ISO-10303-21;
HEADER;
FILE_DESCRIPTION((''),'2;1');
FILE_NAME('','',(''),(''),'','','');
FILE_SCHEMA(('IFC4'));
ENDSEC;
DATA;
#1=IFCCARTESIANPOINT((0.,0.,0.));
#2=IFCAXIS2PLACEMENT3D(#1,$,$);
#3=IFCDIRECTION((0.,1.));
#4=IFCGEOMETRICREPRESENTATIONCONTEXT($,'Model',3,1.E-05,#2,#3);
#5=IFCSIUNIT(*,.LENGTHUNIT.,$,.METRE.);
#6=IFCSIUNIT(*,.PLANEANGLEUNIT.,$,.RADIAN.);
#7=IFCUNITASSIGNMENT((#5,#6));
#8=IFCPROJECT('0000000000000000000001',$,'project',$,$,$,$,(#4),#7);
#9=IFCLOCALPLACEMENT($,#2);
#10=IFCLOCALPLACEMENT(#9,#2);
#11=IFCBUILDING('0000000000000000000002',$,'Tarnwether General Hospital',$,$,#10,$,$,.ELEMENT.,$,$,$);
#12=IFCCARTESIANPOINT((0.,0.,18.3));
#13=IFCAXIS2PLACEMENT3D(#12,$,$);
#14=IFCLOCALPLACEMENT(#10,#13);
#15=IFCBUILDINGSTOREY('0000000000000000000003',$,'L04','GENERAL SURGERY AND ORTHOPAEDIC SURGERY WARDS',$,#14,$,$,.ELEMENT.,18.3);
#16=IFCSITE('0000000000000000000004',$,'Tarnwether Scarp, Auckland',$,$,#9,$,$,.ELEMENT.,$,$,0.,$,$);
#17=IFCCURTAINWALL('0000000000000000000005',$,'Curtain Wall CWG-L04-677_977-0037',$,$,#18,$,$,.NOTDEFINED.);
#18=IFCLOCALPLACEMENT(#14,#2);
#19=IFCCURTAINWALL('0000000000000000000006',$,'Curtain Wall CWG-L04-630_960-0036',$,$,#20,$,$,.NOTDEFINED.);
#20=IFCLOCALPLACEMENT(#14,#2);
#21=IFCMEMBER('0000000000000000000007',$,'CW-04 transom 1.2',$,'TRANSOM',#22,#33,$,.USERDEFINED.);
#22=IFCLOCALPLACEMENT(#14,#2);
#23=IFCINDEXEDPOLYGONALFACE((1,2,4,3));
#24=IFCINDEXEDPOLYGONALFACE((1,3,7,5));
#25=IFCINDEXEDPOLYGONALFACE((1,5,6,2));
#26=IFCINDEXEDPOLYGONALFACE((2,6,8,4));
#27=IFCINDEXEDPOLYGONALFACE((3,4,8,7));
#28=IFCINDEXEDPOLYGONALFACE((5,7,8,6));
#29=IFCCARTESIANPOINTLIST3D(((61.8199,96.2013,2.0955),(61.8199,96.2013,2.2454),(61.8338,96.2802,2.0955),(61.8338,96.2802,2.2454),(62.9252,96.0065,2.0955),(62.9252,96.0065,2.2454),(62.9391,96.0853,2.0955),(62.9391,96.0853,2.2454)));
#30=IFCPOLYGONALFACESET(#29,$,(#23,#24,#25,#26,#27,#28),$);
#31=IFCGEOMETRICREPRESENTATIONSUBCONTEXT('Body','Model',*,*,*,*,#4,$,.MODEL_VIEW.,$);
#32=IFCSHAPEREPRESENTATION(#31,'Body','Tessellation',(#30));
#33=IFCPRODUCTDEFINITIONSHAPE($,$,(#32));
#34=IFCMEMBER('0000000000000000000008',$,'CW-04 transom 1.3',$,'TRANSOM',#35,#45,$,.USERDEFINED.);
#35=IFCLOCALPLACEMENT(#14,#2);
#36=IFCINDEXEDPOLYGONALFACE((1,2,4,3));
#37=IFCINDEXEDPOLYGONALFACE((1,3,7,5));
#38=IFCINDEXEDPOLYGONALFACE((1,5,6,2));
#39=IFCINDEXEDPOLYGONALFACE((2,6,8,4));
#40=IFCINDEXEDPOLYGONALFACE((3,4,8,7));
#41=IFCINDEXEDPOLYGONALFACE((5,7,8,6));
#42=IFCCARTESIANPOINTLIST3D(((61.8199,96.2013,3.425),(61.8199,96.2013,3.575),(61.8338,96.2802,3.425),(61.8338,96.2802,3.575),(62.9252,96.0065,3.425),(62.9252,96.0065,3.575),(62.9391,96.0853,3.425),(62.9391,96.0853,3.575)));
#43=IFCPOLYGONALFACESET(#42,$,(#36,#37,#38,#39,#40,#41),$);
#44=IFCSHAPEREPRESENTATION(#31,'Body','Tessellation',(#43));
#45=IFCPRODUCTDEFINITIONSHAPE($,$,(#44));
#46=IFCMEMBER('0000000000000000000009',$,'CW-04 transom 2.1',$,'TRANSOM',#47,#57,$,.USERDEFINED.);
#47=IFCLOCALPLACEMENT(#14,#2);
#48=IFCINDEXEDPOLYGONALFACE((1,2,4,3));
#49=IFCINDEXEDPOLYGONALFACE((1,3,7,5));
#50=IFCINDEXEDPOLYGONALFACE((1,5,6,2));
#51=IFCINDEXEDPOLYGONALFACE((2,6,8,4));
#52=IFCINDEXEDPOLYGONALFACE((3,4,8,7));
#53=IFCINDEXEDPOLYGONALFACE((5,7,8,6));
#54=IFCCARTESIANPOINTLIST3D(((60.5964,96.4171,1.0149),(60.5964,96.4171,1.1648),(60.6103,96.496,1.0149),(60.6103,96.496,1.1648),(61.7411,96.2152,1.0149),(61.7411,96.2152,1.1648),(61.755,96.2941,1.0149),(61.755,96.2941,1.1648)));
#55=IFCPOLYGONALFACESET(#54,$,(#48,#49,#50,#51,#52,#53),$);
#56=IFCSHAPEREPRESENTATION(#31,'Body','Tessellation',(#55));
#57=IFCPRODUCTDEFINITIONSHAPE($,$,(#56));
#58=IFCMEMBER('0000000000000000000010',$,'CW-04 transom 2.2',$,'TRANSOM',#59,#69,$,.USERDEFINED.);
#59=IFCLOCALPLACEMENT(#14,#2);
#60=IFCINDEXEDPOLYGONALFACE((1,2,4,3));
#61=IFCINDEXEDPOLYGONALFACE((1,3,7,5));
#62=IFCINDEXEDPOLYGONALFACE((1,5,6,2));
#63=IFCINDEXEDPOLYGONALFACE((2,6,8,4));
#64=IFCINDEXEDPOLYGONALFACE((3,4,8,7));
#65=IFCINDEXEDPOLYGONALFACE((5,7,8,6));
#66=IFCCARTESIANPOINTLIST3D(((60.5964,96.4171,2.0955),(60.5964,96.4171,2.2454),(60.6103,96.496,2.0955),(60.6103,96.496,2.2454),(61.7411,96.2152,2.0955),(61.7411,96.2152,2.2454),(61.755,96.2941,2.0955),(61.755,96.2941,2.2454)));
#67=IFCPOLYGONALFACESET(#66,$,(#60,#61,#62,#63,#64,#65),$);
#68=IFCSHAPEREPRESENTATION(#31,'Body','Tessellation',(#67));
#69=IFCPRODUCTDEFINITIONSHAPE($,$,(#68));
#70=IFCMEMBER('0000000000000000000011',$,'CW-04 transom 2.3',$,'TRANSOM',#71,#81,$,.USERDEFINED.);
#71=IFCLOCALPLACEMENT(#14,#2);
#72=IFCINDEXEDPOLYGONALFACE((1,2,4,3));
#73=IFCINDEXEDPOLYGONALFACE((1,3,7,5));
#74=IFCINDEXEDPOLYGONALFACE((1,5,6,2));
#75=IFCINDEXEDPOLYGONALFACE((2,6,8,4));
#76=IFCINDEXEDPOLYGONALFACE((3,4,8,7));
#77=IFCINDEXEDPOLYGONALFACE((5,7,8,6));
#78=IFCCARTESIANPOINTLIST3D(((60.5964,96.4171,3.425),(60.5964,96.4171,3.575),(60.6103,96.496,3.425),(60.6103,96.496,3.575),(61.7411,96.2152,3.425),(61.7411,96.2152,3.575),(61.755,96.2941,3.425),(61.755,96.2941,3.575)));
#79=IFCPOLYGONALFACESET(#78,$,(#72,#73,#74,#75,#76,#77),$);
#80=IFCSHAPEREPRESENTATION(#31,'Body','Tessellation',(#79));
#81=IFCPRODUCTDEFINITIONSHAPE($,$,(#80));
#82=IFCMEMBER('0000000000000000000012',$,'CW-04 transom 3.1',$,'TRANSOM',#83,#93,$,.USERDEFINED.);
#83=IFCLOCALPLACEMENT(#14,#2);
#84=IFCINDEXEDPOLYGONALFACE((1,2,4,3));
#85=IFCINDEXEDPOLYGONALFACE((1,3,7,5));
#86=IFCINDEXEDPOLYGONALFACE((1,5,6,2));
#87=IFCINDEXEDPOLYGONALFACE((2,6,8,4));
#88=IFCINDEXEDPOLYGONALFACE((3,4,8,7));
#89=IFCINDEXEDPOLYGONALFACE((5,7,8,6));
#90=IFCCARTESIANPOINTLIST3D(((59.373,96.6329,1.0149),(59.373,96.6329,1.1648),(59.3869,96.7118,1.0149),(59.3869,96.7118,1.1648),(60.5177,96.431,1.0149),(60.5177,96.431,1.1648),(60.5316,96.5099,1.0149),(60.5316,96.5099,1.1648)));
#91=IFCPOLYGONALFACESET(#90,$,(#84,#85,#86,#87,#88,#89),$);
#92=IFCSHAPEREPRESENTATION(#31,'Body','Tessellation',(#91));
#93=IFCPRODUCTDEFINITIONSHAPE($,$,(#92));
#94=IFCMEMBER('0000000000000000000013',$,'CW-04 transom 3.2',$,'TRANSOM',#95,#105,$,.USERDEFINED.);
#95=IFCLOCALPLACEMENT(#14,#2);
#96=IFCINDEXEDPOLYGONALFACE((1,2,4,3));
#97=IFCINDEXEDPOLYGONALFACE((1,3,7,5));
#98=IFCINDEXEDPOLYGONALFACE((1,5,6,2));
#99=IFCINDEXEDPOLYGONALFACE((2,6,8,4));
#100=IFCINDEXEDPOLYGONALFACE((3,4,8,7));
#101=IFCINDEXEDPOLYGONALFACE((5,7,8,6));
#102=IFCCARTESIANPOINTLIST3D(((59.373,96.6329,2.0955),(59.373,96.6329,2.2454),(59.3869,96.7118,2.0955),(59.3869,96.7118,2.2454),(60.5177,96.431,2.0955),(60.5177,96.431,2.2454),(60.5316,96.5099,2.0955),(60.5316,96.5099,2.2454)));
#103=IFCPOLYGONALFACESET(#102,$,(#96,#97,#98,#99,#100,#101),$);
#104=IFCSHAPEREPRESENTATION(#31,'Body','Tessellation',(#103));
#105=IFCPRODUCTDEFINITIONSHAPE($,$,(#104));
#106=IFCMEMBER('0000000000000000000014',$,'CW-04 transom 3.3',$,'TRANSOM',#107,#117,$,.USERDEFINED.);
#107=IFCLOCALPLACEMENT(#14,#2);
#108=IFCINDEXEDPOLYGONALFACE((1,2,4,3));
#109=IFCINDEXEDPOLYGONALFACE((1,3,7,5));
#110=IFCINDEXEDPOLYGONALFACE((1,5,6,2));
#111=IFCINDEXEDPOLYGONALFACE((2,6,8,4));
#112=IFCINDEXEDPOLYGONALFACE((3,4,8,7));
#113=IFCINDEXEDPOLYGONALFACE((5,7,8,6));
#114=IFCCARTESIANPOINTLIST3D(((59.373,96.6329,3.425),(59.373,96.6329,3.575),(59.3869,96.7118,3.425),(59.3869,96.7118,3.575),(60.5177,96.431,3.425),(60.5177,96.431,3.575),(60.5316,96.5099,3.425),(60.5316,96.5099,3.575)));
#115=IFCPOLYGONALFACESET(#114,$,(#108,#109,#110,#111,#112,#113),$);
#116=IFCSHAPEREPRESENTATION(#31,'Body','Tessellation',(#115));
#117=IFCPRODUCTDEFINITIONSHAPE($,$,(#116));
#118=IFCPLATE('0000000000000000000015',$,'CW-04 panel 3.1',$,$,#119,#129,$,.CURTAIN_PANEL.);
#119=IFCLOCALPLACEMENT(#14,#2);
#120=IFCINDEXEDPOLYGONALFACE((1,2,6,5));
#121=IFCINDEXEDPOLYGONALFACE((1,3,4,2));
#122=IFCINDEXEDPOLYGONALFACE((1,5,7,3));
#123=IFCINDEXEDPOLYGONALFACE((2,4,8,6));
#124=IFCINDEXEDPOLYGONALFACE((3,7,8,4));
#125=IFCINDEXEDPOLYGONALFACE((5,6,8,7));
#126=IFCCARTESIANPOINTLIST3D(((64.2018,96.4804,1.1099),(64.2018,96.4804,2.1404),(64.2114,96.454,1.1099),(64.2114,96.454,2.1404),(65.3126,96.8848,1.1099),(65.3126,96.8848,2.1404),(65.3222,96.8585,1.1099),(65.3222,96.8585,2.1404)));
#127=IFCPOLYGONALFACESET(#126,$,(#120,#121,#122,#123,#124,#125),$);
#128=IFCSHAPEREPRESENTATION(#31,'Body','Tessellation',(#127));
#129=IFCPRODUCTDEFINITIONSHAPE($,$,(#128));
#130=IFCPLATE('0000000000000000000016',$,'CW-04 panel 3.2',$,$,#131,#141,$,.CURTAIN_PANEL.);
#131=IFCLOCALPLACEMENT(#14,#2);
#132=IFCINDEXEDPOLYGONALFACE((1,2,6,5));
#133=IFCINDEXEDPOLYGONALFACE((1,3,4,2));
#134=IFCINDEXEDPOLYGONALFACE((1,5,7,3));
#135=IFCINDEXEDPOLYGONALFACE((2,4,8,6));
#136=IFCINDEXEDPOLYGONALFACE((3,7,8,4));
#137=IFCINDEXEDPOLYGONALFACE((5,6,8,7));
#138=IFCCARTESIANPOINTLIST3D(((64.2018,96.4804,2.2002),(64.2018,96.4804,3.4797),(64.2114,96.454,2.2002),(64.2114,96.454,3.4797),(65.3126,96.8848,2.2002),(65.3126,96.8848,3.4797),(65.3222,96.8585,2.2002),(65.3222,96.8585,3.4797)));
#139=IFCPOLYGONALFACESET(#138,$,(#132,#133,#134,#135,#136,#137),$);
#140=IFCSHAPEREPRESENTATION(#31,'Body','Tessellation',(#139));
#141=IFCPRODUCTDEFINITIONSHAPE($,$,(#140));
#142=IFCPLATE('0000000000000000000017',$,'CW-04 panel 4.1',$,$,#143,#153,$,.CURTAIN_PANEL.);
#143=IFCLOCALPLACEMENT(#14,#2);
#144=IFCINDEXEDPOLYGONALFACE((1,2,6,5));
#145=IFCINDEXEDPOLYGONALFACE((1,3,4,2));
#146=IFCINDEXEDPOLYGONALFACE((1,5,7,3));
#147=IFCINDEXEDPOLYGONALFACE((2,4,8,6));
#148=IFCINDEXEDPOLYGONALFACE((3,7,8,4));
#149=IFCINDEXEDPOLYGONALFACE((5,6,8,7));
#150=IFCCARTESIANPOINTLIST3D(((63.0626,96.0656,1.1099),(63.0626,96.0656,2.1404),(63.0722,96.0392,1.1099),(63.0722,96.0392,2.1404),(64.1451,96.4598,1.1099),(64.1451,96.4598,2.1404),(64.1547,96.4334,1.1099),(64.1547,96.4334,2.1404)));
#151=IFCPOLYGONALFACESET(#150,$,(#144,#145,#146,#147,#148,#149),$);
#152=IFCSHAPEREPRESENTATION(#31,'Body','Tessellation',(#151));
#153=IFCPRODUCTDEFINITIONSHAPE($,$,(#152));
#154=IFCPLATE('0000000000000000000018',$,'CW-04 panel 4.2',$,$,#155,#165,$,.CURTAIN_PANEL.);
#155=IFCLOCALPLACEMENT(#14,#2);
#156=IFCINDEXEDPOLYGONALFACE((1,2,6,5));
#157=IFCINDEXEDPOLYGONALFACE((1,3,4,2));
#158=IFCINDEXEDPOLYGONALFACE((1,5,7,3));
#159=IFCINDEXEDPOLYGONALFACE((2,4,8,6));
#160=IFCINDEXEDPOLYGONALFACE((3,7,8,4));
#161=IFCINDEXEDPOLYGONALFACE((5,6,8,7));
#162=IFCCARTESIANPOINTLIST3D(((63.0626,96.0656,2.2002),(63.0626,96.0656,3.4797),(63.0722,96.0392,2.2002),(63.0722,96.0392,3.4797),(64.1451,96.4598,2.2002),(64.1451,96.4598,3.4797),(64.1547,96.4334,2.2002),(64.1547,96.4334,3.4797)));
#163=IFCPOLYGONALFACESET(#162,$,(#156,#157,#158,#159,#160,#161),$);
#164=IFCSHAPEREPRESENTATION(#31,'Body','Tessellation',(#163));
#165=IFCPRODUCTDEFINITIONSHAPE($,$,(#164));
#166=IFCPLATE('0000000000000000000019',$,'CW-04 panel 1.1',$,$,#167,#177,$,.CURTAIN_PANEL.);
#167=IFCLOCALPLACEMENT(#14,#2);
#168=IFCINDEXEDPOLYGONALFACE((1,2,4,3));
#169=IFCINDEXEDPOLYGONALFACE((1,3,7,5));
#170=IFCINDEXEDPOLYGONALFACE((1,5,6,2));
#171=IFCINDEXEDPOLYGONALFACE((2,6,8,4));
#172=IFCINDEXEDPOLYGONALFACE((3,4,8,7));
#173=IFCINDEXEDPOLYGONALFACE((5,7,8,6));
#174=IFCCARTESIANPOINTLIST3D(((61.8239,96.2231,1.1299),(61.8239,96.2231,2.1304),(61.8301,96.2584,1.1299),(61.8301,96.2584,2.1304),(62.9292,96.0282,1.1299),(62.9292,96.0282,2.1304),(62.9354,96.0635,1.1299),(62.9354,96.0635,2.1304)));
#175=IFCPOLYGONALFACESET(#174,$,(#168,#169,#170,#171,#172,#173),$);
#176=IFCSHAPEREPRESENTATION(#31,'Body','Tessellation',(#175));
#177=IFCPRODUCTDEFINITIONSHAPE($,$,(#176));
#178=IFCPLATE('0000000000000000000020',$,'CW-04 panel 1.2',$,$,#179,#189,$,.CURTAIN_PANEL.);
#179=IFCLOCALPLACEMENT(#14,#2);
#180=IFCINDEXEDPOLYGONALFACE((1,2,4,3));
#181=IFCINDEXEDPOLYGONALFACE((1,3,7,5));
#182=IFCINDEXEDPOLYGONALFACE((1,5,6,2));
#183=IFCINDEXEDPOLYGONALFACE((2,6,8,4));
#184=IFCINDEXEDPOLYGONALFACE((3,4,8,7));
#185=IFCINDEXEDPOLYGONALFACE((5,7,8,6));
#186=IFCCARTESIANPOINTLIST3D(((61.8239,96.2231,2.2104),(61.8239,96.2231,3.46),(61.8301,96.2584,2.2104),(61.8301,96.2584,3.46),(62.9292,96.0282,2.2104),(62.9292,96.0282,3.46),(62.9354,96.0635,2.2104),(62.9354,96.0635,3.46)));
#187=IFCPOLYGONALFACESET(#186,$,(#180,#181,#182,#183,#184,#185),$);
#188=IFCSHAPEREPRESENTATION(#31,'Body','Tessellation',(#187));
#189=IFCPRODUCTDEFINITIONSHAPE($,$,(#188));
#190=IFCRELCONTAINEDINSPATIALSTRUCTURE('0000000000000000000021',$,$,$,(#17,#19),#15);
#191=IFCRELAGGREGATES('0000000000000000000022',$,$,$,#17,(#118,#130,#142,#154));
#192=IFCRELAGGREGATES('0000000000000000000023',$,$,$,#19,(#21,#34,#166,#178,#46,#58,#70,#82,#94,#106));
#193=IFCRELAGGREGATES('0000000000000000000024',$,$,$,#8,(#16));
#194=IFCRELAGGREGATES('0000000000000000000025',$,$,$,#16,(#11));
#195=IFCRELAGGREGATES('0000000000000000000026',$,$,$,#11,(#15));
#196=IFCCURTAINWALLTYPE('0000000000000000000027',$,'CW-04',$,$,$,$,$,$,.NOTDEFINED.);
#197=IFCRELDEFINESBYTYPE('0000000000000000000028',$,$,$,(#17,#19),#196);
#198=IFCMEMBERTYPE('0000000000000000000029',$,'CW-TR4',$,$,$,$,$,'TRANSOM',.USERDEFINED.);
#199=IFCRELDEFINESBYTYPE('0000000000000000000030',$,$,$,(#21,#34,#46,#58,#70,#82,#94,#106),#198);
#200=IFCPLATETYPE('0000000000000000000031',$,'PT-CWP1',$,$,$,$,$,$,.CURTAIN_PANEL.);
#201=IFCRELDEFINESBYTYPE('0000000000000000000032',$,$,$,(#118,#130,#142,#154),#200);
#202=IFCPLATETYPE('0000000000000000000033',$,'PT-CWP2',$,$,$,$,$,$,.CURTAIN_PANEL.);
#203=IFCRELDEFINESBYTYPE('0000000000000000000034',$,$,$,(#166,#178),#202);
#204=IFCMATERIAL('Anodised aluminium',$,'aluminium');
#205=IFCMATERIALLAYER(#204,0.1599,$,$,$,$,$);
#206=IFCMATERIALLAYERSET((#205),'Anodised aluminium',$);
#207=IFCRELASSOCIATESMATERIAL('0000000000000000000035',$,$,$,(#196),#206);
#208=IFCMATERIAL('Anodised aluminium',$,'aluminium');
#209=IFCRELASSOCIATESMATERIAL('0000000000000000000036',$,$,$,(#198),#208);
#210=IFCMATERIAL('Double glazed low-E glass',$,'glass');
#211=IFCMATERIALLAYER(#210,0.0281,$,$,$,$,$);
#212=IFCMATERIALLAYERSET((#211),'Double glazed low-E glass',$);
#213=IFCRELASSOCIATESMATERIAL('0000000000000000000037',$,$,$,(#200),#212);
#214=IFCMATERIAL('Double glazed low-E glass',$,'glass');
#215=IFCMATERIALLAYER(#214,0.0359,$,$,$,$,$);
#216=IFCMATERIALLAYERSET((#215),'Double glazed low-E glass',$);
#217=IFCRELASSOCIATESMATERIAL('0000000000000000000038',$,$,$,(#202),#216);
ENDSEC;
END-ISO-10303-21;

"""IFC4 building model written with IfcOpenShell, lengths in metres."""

from ifc_helpers import new_model, si_unit, direction, frame, origin, origin_2d, place, context, subcontext, project, spatial, rectangle, extrude, material, layer, layer_set, material_profile, profile_set, type_object, element, aggregate, save


model = new_model("IFC4")

# Units and contexts
model_context = context("Model", 3, precision=1e-05, world=origin(), true_north=direction((0.0, 1.0)))
body_context = subcontext(model_context, "Body", "Model", "MODEL_VIEW")
ifc_project = project(units=[si_unit("LENGTHUNIT", "METRE"), si_unit("PLANEANGLEUNIT", "RADIAN")], contexts=[model_context])

# Site, building, storey
site_placement = place(None, origin())
site = spatial("IfcSite", under=ifc_project, at=site_placement, Name="Tarnwether Scarp, Auckland", CompositionType="ELEMENT", RefElevation=0.0)
building_placement = place(site_placement, origin())
building = spatial("IfcBuilding", under=site, at=building_placement, Name="Tarnwether General Hospital", CompositionType="ELEMENT")
storey_placement = place(building_placement, frame((0.0, 0.0, 18.3)))
storey = spatial("IfcBuildingStorey", under=building, at=storey_placement, Name="L04", Description="GENERAL SURGERY AND ORTHOPAEDIC SURGERY WARDS", CompositionType="ELEMENT", Elevation=18.3)

# Curtain wall
ifc_material_1 = material(Name="Anodised aluminium", Category="aluminium")
ifc_layer_1 = layer(ifc_material_1, 0.1599)
ifc_layer_set_1 = layer_set([ifc_layer_1], Name="Anodised aluminium")
curtain_wall_type_1 = type_object("IfcCurtainWallType", Name="CW-04", PredefinedType="NOTDEFINED", material=ifc_layer_set_1)
curtain_wall_1_placement = place(storey_placement, origin())
curtain_wall_1 = element("IfcCurtainWall", 1, at=curtain_wall_1_placement, inside=storey, type_object=curtain_wall_type_1, Name="Curtain Wall CWG-L04-677_977-0037", PredefinedType="NOTDEFINED")

# Curtain wall
curtain_wall_2_placement = place(storey_placement, origin())
curtain_wall_2 = element("IfcCurtainWall", 2, at=curtain_wall_2_placement, inside=storey, type_object=curtain_wall_type_1, Name="Curtain Wall CWG-L04-630_960-0036", PredefinedType="NOTDEFINED")

# Members
ifc_material_2 = material(Name="Anodised aluminium", Category="aluminium")
ifc_material_profile_1 = material_profile(ifc_material_2, rectangle(XDim=0.0801, YDim=0.1499, at=origin_2d()), Name="ALU-TRN-80x150")
ifc_profile_set_1 = profile_set([ifc_material_profile_1], Name="Anodised aluminium")
member_type_1 = type_object("IfcMemberType", Name="CW-TR4", ElementType="TRANSOM", PredefinedType="USERDEFINED", material=ifc_profile_set_1)
member_1_placement = place(storey_placement, frame((62.9321, 96.0459, 2.1704), z_axis=(-0.984816, 0.173599, 0.0), x_axis=(-0.173599, -0.984816, 0.0)))
member_1 = element("IfcMember", 3, at=member_1_placement, type_object=member_type_1, Name="CW-04 transom 1.2", ObjectType="TRANSOM", PredefinedType="USERDEFINED", context=body_context, shape_type="SweptSolid", body=[
    extrude(rectangle(XDim=0.0801, YDim=0.1499, at=origin_2d()), origin(), (0.0, 0.0, 1.0), 1.1223),
])
member_2_placement = place(storey_placement, frame((62.9321, 96.0459, 3.5), z_axis=(-0.984816, 0.173599, 0.0), x_axis=(-0.173599, -0.984816, 0.0)))
member_2 = element("IfcMember", 4, at=member_2_placement, type_object=member_type_1, Name="CW-04 transom 1.3", ObjectType="TRANSOM", PredefinedType="USERDEFINED", context=body_context, shape_type="SweptSolid", body=[
    extrude(rectangle(XDim=0.0801, YDim=0.1499, at=origin_2d()), origin(), (0.0, 0.0, 1.0), 1.1223),
])
member_3_placement = place(storey_placement, frame((61.748, 96.2546, 1.0898), z_axis=(-0.9848, 0.173689, 0.0), x_axis=(-0.173689, -0.9848, 0.0)))
member_3 = element("IfcMember", 5, at=member_3_placement, type_object=member_type_1, Name="CW-04 transom 2.1", ObjectType="TRANSOM", PredefinedType="USERDEFINED", context=body_context, shape_type="SweptSolid", body=[
    extrude(rectangle(XDim=0.0801, YDim=0.1499, at=origin_2d()), origin(), (0.0, 0.0, 1.0), 1.1624),
])
member_4_placement = place(storey_placement, frame((61.748, 96.2546, 2.1704), z_axis=(-0.9848, 0.173689, 0.0), x_axis=(-0.173689, -0.9848, 0.0)))
member_4 = element("IfcMember", 6, at=member_4_placement, type_object=member_type_1, Name="CW-04 transom 2.2", ObjectType="TRANSOM", PredefinedType="USERDEFINED", context=body_context, shape_type="SweptSolid", body=[
    extrude(rectangle(XDim=0.0801, YDim=0.1499, at=origin_2d()), origin(), (0.0, 0.0, 1.0), 1.1624),
])
member_5_placement = place(storey_placement, frame((61.748, 96.2546, 3.5), z_axis=(-0.9848, 0.173689, 0.0), x_axis=(-0.173689, -0.9848, 0.0)))
member_5 = element("IfcMember", 7, at=member_5_placement, type_object=member_type_1, Name="CW-04 transom 2.3", ObjectType="TRANSOM", PredefinedType="USERDEFINED", context=body_context, shape_type="SweptSolid", body=[
    extrude(rectangle(XDim=0.0801, YDim=0.1499, at=origin_2d()), origin(), (0.0, 0.0, 1.0), 1.1624),
])
member_6_placement = place(storey_placement, frame((60.5247, 96.4705, 1.0898), z_axis=(-0.9848, 0.173689, 0.0), x_axis=(-0.173689, -0.9848, 0.0)))
member_6 = element("IfcMember", 8, at=member_6_placement, type_object=member_type_1, Name="CW-04 transom 3.1", ObjectType="TRANSOM", PredefinedType="USERDEFINED", context=body_context, shape_type="SweptSolid", body=[
    extrude(rectangle(XDim=0.0801, YDim=0.1499, at=origin_2d()), origin(), (0.0, 0.0, 1.0), 1.1624),
])
member_7_placement = place(storey_placement, frame((60.5247, 96.4705, 2.1704), z_axis=(-0.9848, 0.173689, 0.0), x_axis=(-0.173689, -0.9848, 0.0)))
member_7 = element("IfcMember", 9, at=member_7_placement, type_object=member_type_1, Name="CW-04 transom 3.2", ObjectType="TRANSOM", PredefinedType="USERDEFINED", context=body_context, shape_type="SweptSolid", body=[
    extrude(rectangle(XDim=0.0801, YDim=0.1499, at=origin_2d()), origin(), (0.0, 0.0, 1.0), 1.1624),
])
member_8_placement = place(storey_placement, frame((60.5247, 96.4705, 3.5), z_axis=(-0.9848, 0.173689, 0.0), x_axis=(-0.173689, -0.9848, 0.0)))
member_8 = element("IfcMember", 10, at=member_8_placement, type_object=member_type_1, Name="CW-04 transom 3.3", ObjectType="TRANSOM", PredefinedType="USERDEFINED", context=body_context, shape_type="SweptSolid", body=[
    extrude(rectangle(XDim=0.0801, YDim=0.1499, at=origin_2d()), origin(), (0.0, 0.0, 1.0), 1.1624),
])

# Plates
ifc_material_3 = material(Name="Double glazed low-E glass", Category="glass")
ifc_layer_2 = layer(ifc_material_3, 0.0281)
ifc_layer_set_2 = layer_set([ifc_layer_2], Name="Double glazed low-E glass")
plate_type_1 = type_object("IfcPlateType", Name="PT-CWP1", PredefinedType="CURTAIN_PANEL", material=ifc_layer_set_2)
plate_1_placement = place(storey_placement, frame((64.762, 96.6694, 1.1099), z_axis=(0.0, 0.0, 1.0), x_axis=(-0.939652, -0.342131, 0.0)))
plate_1 = element("IfcPlate", 11, at=plate_1_placement, type_object=plate_type_1, Name="CW-04 panel 3.1", PredefinedType="CURTAIN_PANEL", context=body_context, shape_type="SweptSolid", body=[
    extrude(rectangle(XDim=1.1821, YDim=0.0281, at=origin_2d()), origin(), (0.0, 0.0, 1.0), 1.0305),
])
plate_2_placement = place(storey_placement, frame((64.762, 96.6694, 2.2002), z_axis=(0.0, 0.0, 1.0), x_axis=(-0.939652, -0.342131, 0.0)))
plate_2 = element("IfcPlate", 12, at=plate_2_placement, type_object=plate_type_1, Name="CW-04 panel 3.2", PredefinedType="CURTAIN_PANEL", context=body_context, shape_type="SweptSolid", body=[
    extrude(rectangle(XDim=1.1821, YDim=0.0281, at=origin_2d()), origin(), (0.0, 0.0, 1.0), 1.2795),
])
plate_3_placement = place(storey_placement, frame((63.6086, 96.2495, 1.1099), z_axis=(0.0, 0.0, 1.0), x_axis=(-0.939652, -0.342131, 0.0)))
plate_3 = element("IfcPlate", 13, at=plate_3_placement, type_object=plate_type_1, Name="CW-04 panel 4.1", PredefinedType="CURTAIN_PANEL", context=body_context, shape_type="SweptSolid", body=[
    extrude(rectangle(XDim=1.1521, YDim=0.0281, at=origin_2d()), origin(), (0.0, 0.0, 1.0), 1.0305),
])
plate_4_placement = place(storey_placement, frame((63.6086, 96.2495, 2.2002), z_axis=(0.0, 0.0, 1.0), x_axis=(-0.939652, -0.342131, 0.0)))
plate_4 = element("IfcPlate", 14, at=plate_4_placement, type_object=plate_type_1, Name="CW-04 panel 4.2", PredefinedType="CURTAIN_PANEL", context=body_context, shape_type="SweptSolid", body=[
    extrude(rectangle(XDim=1.1521, YDim=0.0281, at=origin_2d()), origin(), (0.0, 0.0, 1.0), 1.2795),
])
aggregate(curtain_wall_1, [plate_1, plate_2, plate_3, plate_4])
ifc_material_4 = material(Name="Double glazed low-E glass", Category="glass")
ifc_layer_3 = layer(ifc_material_4, 0.0359)
ifc_layer_set_3 = layer_set([ifc_layer_3], Name="Double glazed low-E glass")
plate_type_2 = type_object("IfcPlateType", Name="PT-CWP2", PredefinedType="CURTAIN_PANEL", material=ifc_layer_set_3)
plate_5_placement = place(storey_placement, frame((62.3796, 96.1433, 1.1299), z_axis=(0.0, 0.0, 1.0), x_axis=(-0.984806, 0.173659, 0.0)))
plate_5 = element("IfcPlate", 15, at=plate_5_placement, type_object=plate_type_2, Name="CW-04 panel 1.1", PredefinedType="CURTAIN_PANEL", context=body_context, shape_type="SweptSolid", body=[
    extrude(rectangle(XDim=1.1223, YDim=0.0359, at=origin_2d()), origin(), (0.0, 0.0, 1.0), 1.0005),
])
plate_6_placement = place(storey_placement, frame((62.3796, 96.1433, 2.2104), z_axis=(0.0, 0.0, 1.0), x_axis=(-0.984806, 0.173659, 0.0)))
plate_6 = element("IfcPlate", 16, at=plate_6_placement, type_object=plate_type_2, Name="CW-04 panel 1.2", PredefinedType="CURTAIN_PANEL", context=body_context, shape_type="SweptSolid", body=[
    extrude(rectangle(XDim=1.1223, YDim=0.0359, at=origin_2d()), origin(), (0.0, 0.0, 1.0), 1.2495),
])
aggregate(curtain_wall_2, [member_1, member_2, plate_5, plate_6, member_3, member_4, member_5, member_6, member_7, member_8])

save(model, "model.ifc")
